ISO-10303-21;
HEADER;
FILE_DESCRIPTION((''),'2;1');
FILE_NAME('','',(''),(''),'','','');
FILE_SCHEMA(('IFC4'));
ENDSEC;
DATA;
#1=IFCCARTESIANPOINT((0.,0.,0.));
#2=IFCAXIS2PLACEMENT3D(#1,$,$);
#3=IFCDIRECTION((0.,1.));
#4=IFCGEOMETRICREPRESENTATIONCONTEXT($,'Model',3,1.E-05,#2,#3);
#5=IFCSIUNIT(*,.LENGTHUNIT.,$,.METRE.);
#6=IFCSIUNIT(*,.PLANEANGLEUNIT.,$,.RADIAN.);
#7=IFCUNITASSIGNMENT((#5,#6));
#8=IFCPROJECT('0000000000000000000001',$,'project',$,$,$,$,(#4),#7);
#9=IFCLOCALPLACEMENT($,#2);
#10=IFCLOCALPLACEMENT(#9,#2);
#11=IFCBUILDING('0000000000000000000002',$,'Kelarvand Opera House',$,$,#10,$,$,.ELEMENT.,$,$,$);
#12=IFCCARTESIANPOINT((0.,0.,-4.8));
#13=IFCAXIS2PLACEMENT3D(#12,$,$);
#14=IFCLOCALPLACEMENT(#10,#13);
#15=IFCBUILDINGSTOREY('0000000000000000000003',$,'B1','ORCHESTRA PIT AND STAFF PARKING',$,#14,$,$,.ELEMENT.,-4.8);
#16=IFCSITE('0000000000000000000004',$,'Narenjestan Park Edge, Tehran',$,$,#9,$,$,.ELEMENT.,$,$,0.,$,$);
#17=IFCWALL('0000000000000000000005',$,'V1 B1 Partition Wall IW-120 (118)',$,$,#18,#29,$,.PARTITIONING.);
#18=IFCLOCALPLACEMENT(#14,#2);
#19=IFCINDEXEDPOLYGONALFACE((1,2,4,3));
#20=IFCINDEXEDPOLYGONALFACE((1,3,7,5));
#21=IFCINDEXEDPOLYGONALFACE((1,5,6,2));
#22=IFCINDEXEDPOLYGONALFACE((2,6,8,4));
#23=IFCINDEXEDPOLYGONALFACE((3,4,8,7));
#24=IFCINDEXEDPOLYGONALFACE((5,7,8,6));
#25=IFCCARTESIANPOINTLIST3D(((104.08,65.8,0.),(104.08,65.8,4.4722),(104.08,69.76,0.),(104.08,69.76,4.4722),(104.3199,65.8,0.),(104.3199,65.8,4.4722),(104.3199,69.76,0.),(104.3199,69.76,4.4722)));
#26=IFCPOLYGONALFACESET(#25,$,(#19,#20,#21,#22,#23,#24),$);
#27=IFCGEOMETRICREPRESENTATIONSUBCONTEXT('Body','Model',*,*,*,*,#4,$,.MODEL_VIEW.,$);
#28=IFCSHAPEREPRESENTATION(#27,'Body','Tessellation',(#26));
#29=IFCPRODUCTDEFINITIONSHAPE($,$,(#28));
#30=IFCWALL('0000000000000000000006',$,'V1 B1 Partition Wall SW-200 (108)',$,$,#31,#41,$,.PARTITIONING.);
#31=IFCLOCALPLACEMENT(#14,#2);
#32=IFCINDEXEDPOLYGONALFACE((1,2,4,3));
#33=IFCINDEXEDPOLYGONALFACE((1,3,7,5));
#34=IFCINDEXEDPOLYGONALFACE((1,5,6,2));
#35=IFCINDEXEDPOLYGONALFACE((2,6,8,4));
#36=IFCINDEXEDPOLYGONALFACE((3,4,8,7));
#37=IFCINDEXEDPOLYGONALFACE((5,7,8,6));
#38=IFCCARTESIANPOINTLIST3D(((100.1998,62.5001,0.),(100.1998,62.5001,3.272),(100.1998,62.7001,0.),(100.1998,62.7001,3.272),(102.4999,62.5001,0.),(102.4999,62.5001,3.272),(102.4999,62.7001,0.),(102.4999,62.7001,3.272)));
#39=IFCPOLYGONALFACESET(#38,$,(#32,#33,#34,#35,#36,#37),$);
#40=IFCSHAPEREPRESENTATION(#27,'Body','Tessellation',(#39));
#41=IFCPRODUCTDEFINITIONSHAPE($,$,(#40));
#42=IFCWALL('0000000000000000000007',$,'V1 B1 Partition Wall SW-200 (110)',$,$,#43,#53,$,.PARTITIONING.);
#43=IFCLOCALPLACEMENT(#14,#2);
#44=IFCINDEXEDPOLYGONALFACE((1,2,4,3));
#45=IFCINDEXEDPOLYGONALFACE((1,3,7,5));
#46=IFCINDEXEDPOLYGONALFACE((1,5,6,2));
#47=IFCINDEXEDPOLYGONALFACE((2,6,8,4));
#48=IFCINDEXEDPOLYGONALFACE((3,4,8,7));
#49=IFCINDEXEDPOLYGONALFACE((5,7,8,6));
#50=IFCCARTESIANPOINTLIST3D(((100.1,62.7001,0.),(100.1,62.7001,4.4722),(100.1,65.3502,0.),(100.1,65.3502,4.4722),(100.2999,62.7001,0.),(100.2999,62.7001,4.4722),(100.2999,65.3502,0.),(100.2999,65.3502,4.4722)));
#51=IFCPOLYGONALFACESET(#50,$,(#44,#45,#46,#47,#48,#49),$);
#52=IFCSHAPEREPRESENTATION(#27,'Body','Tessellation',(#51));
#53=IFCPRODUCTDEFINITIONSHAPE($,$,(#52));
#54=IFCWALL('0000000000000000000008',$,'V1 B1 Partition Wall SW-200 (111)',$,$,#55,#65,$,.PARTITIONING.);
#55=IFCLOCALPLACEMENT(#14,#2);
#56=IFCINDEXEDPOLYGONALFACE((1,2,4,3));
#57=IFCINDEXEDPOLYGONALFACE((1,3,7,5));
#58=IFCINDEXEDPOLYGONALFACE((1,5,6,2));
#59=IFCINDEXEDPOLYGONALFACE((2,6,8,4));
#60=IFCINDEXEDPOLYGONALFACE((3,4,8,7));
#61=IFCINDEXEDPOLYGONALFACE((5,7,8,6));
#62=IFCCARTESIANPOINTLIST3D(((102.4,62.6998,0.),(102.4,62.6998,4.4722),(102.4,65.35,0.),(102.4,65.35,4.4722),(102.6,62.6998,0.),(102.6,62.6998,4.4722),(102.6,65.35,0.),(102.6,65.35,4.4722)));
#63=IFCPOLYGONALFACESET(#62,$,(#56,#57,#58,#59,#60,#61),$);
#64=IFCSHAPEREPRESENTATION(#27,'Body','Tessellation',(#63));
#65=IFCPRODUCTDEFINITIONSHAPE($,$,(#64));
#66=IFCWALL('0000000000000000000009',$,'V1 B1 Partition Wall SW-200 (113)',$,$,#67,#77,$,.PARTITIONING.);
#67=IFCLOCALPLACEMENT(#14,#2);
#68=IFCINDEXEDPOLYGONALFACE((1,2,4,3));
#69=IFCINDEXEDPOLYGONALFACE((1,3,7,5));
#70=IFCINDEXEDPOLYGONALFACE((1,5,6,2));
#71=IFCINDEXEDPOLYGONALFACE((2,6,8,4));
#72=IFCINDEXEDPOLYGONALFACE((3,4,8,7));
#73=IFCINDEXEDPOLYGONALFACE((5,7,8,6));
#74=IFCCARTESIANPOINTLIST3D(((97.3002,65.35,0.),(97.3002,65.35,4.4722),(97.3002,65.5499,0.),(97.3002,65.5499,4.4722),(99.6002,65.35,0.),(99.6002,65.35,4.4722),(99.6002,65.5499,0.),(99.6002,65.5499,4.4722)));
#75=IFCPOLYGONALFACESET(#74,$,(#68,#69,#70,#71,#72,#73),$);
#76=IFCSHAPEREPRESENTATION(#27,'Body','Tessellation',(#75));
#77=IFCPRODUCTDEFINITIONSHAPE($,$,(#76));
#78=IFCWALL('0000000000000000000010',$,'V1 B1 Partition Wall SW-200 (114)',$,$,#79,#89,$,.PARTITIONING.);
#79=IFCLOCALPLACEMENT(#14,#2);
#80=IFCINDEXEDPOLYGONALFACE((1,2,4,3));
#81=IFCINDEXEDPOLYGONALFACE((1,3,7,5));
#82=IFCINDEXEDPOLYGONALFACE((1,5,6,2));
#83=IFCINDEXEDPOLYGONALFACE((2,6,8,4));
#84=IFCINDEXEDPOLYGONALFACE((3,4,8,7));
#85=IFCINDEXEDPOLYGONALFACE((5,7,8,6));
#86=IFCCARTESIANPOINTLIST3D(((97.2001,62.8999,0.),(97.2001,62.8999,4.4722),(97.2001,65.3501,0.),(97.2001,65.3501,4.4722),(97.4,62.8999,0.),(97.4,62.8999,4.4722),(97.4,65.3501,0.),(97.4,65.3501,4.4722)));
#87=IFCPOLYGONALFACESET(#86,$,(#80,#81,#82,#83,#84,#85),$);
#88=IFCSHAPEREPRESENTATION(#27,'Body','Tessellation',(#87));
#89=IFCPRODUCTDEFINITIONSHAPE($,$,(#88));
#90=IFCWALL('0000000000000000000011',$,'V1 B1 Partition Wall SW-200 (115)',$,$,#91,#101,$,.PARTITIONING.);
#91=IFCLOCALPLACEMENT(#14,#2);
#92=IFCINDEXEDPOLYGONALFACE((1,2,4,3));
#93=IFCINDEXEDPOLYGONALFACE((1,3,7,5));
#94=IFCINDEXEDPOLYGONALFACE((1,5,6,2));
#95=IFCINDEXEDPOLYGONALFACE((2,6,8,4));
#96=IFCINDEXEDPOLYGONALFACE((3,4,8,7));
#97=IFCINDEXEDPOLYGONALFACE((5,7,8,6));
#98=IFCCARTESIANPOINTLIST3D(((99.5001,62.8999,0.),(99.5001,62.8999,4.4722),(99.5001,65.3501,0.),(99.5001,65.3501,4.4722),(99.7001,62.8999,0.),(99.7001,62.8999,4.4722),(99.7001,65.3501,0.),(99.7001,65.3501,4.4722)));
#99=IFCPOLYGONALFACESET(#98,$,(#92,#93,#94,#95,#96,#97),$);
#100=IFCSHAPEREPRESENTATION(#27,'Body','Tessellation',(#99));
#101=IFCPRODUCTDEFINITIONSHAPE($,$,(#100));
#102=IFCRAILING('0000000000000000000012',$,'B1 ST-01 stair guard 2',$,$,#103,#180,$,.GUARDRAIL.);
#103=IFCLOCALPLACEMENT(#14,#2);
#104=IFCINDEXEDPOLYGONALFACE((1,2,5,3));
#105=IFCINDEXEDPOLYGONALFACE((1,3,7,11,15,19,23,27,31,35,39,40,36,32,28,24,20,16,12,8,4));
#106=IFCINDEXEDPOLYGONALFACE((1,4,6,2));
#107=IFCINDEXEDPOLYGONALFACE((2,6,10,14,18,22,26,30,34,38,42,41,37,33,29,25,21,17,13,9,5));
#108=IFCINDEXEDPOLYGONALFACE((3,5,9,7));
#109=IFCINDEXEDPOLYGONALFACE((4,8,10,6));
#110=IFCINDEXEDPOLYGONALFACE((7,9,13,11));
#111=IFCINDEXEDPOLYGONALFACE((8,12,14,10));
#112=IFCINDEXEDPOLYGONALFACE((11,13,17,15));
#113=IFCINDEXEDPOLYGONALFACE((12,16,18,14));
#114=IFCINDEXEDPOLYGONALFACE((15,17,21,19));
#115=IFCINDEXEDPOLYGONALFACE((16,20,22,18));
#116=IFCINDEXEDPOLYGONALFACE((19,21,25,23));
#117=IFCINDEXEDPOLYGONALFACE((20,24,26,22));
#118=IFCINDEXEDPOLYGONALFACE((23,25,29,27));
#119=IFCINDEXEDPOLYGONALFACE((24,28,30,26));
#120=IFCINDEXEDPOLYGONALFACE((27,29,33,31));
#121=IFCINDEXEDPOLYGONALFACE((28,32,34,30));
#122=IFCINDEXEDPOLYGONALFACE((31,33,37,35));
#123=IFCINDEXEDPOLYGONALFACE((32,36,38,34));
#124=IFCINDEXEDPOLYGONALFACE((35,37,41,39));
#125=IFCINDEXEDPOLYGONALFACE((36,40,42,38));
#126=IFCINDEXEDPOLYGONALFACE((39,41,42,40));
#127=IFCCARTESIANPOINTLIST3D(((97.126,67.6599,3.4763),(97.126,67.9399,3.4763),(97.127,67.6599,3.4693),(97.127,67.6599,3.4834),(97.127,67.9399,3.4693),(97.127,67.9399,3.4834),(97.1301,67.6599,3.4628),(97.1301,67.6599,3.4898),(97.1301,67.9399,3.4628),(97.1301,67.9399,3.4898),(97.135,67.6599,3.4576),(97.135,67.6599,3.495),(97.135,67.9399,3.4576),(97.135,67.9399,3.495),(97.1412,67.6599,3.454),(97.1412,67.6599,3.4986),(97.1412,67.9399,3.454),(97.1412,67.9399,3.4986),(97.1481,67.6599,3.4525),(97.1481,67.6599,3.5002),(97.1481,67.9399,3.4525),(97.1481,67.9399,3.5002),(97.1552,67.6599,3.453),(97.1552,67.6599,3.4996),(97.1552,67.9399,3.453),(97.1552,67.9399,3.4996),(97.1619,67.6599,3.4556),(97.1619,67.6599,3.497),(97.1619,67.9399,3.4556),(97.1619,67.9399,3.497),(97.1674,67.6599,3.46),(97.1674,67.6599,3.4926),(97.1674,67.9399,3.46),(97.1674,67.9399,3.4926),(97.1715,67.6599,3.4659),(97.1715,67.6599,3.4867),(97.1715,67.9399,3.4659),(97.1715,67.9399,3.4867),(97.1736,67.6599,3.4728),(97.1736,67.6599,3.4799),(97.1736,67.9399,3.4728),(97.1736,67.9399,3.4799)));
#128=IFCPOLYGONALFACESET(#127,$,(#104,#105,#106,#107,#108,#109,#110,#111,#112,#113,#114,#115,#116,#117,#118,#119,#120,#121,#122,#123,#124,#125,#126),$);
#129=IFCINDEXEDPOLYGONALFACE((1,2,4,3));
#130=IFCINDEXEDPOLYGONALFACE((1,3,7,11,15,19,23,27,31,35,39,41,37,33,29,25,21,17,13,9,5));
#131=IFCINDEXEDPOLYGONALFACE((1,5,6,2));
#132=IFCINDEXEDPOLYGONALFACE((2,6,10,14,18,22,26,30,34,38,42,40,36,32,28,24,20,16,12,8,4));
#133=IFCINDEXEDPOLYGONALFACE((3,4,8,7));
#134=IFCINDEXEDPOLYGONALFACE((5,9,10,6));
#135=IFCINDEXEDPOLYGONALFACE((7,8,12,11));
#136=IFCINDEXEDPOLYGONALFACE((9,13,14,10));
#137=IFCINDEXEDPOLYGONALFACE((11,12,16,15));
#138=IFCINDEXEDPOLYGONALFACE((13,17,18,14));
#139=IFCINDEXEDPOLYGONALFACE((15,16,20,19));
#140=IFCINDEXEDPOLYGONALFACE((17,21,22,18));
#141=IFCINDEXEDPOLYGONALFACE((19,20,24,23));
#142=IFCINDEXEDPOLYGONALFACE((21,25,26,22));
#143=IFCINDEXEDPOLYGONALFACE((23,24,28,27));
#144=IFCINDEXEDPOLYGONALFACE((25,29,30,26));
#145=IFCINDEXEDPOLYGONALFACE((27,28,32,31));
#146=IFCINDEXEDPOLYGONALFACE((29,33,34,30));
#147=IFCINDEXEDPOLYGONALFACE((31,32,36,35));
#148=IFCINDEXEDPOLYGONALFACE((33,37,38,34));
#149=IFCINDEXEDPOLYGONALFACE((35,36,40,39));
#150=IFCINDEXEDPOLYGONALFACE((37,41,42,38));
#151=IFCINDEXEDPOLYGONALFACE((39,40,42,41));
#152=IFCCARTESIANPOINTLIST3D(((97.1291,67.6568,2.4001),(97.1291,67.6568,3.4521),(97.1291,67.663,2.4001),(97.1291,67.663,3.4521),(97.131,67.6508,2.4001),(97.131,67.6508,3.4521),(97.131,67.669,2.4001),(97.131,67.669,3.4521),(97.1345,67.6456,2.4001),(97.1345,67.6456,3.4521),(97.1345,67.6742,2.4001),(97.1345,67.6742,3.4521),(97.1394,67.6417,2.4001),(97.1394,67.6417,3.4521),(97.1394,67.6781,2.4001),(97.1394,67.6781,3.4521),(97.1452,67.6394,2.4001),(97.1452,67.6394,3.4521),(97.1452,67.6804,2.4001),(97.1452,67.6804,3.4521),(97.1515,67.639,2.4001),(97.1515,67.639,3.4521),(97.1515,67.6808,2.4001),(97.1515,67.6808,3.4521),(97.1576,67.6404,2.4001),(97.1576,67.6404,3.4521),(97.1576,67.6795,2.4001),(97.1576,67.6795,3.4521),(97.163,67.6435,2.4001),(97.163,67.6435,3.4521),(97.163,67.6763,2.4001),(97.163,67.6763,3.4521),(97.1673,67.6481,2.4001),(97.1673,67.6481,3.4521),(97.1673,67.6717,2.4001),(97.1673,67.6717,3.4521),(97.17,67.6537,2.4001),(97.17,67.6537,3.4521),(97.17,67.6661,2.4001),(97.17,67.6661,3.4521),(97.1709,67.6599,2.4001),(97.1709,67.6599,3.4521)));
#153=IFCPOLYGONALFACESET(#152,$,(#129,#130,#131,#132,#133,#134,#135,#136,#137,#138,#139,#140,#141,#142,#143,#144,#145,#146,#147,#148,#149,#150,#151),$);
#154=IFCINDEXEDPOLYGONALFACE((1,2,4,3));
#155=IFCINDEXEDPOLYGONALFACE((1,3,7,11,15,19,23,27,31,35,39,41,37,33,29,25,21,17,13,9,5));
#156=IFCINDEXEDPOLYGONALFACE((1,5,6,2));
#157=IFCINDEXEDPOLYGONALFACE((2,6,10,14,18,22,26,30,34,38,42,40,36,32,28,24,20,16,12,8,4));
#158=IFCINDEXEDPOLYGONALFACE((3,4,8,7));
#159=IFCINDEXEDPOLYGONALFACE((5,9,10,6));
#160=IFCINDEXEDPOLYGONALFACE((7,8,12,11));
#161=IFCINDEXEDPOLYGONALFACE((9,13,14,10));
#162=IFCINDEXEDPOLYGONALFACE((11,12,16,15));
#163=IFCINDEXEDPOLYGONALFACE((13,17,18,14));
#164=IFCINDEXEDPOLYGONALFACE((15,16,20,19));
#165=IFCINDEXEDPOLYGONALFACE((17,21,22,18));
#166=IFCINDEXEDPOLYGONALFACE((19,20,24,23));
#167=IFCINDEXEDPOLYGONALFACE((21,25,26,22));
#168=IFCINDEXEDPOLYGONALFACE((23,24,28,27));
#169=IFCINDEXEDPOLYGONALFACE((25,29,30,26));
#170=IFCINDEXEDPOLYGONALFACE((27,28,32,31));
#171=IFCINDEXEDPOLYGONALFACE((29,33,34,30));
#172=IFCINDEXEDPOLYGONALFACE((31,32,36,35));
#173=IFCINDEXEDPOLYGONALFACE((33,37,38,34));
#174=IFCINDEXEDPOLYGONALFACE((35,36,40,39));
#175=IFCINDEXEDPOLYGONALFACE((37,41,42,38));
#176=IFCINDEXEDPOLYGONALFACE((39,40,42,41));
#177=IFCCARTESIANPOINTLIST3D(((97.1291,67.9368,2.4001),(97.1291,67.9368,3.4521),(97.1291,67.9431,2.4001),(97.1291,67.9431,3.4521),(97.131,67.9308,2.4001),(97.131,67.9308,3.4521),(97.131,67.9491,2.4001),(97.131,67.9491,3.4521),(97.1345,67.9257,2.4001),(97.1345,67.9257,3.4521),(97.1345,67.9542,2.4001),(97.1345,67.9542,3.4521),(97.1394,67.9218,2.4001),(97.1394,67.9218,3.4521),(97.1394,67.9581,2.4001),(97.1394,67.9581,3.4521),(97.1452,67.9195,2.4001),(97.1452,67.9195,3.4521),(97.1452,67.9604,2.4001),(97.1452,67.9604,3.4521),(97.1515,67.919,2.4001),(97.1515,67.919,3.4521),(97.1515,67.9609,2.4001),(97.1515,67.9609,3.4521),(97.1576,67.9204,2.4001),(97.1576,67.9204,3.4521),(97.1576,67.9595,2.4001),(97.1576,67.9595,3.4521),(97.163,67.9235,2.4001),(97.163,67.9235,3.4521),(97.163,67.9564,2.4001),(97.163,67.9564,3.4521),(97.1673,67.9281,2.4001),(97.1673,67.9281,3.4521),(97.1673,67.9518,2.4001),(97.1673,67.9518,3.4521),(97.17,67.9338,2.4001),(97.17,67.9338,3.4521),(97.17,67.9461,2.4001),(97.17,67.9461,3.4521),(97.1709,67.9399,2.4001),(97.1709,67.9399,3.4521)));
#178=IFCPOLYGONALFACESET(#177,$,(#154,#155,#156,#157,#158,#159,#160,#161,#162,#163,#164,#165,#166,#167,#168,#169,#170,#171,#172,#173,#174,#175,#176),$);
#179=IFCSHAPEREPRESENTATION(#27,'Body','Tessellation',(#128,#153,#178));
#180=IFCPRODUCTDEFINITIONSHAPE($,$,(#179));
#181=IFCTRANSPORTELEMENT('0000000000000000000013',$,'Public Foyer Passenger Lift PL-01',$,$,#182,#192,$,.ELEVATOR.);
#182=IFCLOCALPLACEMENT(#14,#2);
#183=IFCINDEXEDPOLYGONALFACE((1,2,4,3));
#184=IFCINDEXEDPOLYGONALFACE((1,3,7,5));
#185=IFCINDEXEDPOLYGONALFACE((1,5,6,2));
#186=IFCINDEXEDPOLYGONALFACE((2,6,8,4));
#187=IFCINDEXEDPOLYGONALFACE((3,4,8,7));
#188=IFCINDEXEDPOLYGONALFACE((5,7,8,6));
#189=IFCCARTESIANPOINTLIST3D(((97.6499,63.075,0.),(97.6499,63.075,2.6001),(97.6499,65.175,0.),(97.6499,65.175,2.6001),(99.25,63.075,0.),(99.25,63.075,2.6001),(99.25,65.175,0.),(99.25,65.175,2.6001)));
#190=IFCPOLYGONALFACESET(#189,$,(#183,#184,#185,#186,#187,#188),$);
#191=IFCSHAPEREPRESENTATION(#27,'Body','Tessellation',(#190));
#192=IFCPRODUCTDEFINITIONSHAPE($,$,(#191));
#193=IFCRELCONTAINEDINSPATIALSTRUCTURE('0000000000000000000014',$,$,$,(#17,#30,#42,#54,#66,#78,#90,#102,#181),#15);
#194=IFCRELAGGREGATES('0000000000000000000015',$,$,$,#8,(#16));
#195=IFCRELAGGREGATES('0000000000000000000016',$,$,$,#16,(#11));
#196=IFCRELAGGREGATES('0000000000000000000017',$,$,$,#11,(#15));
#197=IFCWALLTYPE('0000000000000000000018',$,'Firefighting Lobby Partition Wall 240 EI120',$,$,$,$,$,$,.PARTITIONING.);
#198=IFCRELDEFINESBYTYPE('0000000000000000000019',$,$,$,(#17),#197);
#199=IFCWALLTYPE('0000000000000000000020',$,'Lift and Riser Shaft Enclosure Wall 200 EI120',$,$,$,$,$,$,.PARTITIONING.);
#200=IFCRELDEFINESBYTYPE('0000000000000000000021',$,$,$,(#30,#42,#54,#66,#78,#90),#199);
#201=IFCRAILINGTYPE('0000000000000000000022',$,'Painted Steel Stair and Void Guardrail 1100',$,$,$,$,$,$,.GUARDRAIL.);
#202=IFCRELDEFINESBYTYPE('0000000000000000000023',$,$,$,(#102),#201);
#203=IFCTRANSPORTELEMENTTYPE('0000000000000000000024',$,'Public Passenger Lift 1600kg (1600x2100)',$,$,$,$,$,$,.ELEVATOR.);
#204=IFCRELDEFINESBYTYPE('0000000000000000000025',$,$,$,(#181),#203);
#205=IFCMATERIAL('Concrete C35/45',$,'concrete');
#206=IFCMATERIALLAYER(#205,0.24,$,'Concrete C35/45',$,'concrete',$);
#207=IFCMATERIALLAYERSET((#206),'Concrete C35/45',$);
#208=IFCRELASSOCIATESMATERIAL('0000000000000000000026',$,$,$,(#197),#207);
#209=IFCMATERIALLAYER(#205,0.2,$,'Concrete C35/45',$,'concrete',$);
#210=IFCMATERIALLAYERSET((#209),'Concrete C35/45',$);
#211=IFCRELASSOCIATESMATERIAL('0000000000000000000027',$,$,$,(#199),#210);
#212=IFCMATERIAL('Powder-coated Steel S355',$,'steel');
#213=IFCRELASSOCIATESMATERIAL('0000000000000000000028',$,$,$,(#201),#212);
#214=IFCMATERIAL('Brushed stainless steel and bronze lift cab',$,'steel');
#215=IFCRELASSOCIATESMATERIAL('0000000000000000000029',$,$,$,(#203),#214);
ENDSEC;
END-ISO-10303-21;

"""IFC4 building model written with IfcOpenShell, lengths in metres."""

from ifc_helpers import new_model, si_unit, direction, frame, frame_2d, origin, origin_2d, place, context, subcontext, project, spatial, rectangle, circle, extrude, material, layer, layer_set, type_object, element, save


model = new_model("IFC4")

# Units and contexts
model_context = context("Model", 3, precision=1e-05, world=origin(), true_north=direction((0.0, 1.0)))
body_context = subcontext(model_context, "Body", "Model", "MODEL_VIEW")
ifc_project = project(units=[si_unit("LENGTHUNIT", "METRE"), si_unit("PLANEANGLEUNIT", "RADIAN")], contexts=[model_context])

# Site, building, storey
site_placement = place(None, origin())
site = spatial("IfcSite", under=ifc_project, at=site_placement, Name="Narenjestan Park Edge, Tehran", CompositionType="ELEMENT", RefElevation=0.0)
building_placement = place(site_placement, origin())
building = spatial("IfcBuilding", under=site, at=building_placement, Name="Kelarvand Opera House", CompositionType="ELEMENT")
storey_placement = place(building_placement, frame((0.0, 0.0, -4.8)))
storey = spatial("IfcBuildingStorey", under=building, at=storey_placement, Name="B1", Description="ORCHESTRA PIT AND STAFF PARKING", CompositionType="ELEMENT", Elevation=-4.8)

# Shared definitions
ifc_material_1 = material(Name="Concrete C35/45", Category="concrete")

# Walls
ifc_layer_1 = layer(ifc_material_1, 0.24, Name="Concrete C35/45", Category="concrete")
ifc_layer_set_1 = layer_set([ifc_layer_1], Name="Concrete C35/45")
wall_type_1 = type_object("IfcWallType", Name="Firefighting Lobby Partition Wall 240 EI120", PredefinedType="PARTITIONING", material=ifc_layer_set_1)
wall_1_placement = place(storey_placement, frame((104.2, 69.76, 0.0), z_axis=(0.0, 0.0, 1.0), x_axis=(0.0, -1.0, 0.0)))
element("IfcWall", 1, at=wall_1_placement, inside=storey, type_object=wall_type_1, Name="V1 B1 Partition Wall IW-120 (118)", PredefinedType="PARTITIONING", context=body_context, shape_type="SweptSolid", body=[
    extrude(rectangle(XDim=3.96, YDim=0.24, at=frame_2d((1.98, 0.0))), origin(), (0.0, 0.0, 1.0), 4.4722),
])
ifc_layer_2 = layer(ifc_material_1, 0.2, Name="Concrete C35/45", Category="concrete")
ifc_layer_set_2 = layer_set([ifc_layer_2], Name="Concrete C35/45")
wall_type_2 = type_object("IfcWallType", Name="Lift and Riser Shaft Enclosure Wall 200 EI120", PredefinedType="PARTITIONING", material=ifc_layer_set_2)
wall_2_placement = place(storey_placement, frame((100.2, 62.6001, 0.0), z_axis=(0.0, 0.0, 1.0), x_axis=(1.0, 0.0, 0.0)))
element("IfcWall", 2, at=wall_2_placement, inside=storey, type_object=wall_type_2, Name="V1 B1 Partition Wall SW-200 (108)", PredefinedType="PARTITIONING", context=body_context, shape_type="SweptSolid", body=[
    extrude(rectangle(XDim=2.3, YDim=0.2, at=frame_2d((1.1499, 0.0))), origin(), (0.0, 0.0, 1.0), 3.272),
])

# Walls
for number, where, z_axis, x_axis, name in (
    (3, (100.2, 62.7, 0.0), (0.0, 0.0, 1.0), (0.0, 1.0, 0.0), "V1 B1 Partition Wall SW-200 (110)"),
    (4, (102.5, 65.3501, 0.0), (0.0, 0.0, 1.0), (0.0, -1.0, 0.0), "V1 B1 Partition Wall SW-200 (111)"),
):
    element("IfcWall", number, at=place(storey_placement, frame(where, z_axis=z_axis, x_axis=x_axis)), inside=storey, type_object=wall_type_2, Name=name, PredefinedType="PARTITIONING", context=body_context, shape_type="SweptSolid", body=[
        extrude(rectangle(XDim=2.6501, YDim=0.2, at=frame_2d((1.3252, 0.0))), origin(), (0.0, 0.0, 1.0), 4.4722),
    ])

# Walls
wall_3_placement = place(storey_placement, frame((99.6001, 65.45, 0.0), z_axis=(0.0, 0.0, 1.0), x_axis=(-1.0, 0.0, 0.0)))
element("IfcWall", 5, at=wall_3_placement, inside=storey, type_object=wall_type_2, Name="V1 B1 Partition Wall SW-200 (113)", PredefinedType="PARTITIONING", context=body_context, shape_type="SweptSolid", body=[
    extrude(rectangle(XDim=2.3, YDim=0.2, at=frame_2d((1.1499, 0.0))), origin(), (0.0, 0.0, 1.0), 4.4722),
])
for number, where, z_axis, x_axis, name in (
    (6, (97.3, 62.8999, 0.0), (0.0, 0.0, 1.0), (0.0, 1.0, 0.0), "V1 B1 Partition Wall SW-200 (114)"),
    (7, (99.6001, 65.3501, 0.0), (0.0, 0.0, 1.0), (0.0, -1.0, 0.0), "V1 B1 Partition Wall SW-200 (115)"),
):
    element("IfcWall", number, at=place(storey_placement, frame(where, z_axis=z_axis, x_axis=x_axis)), inside=storey, type_object=wall_type_2, Name=name, PredefinedType="PARTITIONING", context=body_context, shape_type="SweptSolid", body=[
        extrude(rectangle(XDim=2.4502, YDim=0.2, at=frame_2d((1.2251, 0.0))), origin(), (0.0, 0.0, 1.0), 4.4722),
    ])

# Railing
ifc_material_2 = material(Name="Powder-coated Steel S355", Category="steel")
railing_type = type_object("IfcRailingType", Name="Painted Steel Stair and Void Guardrail 1100", PredefinedType="GUARDRAIL", material=ifc_material_2)
railing_placement = place(storey_placement, frame((97.1499, 67.6599, 2.4001)))
element("IfcRailing", 8, at=railing_placement, inside=storey, type_object=railing_type, Name="B1 ST-01 stair guard 2", PredefinedType="GUARDRAIL", context=body_context, shape_type="SweptSolid", body=[
    extrude(circle(Radius=0.0239, at=origin_2d()), frame((0.0, 0.0, 1.0762), z_axis=(0.0, 1.0, 0.0), x_axis=(-1.0, 0.0, 0.0)), (0.0, 0.0, 1.0), 0.28),
    extrude(circle(Radius=0.021, at=origin_2d()), origin(), (0.0, 0.0, 1.0), 1.052),
    extrude(circle(Radius=0.021, at=origin_2d()), frame((0.0, 0.28, 0.0)), (0.0, 0.0, 1.0), 1.052),
])

# Transport element
ifc_material_3 = material(Name="Brushed stainless steel and bronze lift cab", Category="steel")
transport_element_type = type_object("IfcTransportElementType", Name="Public Passenger Lift 1600kg (1600x2100)", PredefinedType="ELEVATOR", material=ifc_material_3)
transport_element_placement = place(storey_placement, frame((98.45, 64.125, 0.0), z_axis=(0.0, 0.0, 1.0), x_axis=(1.0, 0.0, 0.0)))
element("IfcTransportElement", 9, at=transport_element_placement, inside=storey, type_object=transport_element_type, Name="Public Foyer Passenger Lift PL-01", PredefinedType="ELEVATOR", context=body_context, shape_type="SweptSolid", body=[
    extrude(rectangle(XDim=1.6001, YDim=2.1001, at=origin_2d()), origin(), (0.0, 0.0, 1.0), 2.6001),
])

save(model, "model.ifc")
